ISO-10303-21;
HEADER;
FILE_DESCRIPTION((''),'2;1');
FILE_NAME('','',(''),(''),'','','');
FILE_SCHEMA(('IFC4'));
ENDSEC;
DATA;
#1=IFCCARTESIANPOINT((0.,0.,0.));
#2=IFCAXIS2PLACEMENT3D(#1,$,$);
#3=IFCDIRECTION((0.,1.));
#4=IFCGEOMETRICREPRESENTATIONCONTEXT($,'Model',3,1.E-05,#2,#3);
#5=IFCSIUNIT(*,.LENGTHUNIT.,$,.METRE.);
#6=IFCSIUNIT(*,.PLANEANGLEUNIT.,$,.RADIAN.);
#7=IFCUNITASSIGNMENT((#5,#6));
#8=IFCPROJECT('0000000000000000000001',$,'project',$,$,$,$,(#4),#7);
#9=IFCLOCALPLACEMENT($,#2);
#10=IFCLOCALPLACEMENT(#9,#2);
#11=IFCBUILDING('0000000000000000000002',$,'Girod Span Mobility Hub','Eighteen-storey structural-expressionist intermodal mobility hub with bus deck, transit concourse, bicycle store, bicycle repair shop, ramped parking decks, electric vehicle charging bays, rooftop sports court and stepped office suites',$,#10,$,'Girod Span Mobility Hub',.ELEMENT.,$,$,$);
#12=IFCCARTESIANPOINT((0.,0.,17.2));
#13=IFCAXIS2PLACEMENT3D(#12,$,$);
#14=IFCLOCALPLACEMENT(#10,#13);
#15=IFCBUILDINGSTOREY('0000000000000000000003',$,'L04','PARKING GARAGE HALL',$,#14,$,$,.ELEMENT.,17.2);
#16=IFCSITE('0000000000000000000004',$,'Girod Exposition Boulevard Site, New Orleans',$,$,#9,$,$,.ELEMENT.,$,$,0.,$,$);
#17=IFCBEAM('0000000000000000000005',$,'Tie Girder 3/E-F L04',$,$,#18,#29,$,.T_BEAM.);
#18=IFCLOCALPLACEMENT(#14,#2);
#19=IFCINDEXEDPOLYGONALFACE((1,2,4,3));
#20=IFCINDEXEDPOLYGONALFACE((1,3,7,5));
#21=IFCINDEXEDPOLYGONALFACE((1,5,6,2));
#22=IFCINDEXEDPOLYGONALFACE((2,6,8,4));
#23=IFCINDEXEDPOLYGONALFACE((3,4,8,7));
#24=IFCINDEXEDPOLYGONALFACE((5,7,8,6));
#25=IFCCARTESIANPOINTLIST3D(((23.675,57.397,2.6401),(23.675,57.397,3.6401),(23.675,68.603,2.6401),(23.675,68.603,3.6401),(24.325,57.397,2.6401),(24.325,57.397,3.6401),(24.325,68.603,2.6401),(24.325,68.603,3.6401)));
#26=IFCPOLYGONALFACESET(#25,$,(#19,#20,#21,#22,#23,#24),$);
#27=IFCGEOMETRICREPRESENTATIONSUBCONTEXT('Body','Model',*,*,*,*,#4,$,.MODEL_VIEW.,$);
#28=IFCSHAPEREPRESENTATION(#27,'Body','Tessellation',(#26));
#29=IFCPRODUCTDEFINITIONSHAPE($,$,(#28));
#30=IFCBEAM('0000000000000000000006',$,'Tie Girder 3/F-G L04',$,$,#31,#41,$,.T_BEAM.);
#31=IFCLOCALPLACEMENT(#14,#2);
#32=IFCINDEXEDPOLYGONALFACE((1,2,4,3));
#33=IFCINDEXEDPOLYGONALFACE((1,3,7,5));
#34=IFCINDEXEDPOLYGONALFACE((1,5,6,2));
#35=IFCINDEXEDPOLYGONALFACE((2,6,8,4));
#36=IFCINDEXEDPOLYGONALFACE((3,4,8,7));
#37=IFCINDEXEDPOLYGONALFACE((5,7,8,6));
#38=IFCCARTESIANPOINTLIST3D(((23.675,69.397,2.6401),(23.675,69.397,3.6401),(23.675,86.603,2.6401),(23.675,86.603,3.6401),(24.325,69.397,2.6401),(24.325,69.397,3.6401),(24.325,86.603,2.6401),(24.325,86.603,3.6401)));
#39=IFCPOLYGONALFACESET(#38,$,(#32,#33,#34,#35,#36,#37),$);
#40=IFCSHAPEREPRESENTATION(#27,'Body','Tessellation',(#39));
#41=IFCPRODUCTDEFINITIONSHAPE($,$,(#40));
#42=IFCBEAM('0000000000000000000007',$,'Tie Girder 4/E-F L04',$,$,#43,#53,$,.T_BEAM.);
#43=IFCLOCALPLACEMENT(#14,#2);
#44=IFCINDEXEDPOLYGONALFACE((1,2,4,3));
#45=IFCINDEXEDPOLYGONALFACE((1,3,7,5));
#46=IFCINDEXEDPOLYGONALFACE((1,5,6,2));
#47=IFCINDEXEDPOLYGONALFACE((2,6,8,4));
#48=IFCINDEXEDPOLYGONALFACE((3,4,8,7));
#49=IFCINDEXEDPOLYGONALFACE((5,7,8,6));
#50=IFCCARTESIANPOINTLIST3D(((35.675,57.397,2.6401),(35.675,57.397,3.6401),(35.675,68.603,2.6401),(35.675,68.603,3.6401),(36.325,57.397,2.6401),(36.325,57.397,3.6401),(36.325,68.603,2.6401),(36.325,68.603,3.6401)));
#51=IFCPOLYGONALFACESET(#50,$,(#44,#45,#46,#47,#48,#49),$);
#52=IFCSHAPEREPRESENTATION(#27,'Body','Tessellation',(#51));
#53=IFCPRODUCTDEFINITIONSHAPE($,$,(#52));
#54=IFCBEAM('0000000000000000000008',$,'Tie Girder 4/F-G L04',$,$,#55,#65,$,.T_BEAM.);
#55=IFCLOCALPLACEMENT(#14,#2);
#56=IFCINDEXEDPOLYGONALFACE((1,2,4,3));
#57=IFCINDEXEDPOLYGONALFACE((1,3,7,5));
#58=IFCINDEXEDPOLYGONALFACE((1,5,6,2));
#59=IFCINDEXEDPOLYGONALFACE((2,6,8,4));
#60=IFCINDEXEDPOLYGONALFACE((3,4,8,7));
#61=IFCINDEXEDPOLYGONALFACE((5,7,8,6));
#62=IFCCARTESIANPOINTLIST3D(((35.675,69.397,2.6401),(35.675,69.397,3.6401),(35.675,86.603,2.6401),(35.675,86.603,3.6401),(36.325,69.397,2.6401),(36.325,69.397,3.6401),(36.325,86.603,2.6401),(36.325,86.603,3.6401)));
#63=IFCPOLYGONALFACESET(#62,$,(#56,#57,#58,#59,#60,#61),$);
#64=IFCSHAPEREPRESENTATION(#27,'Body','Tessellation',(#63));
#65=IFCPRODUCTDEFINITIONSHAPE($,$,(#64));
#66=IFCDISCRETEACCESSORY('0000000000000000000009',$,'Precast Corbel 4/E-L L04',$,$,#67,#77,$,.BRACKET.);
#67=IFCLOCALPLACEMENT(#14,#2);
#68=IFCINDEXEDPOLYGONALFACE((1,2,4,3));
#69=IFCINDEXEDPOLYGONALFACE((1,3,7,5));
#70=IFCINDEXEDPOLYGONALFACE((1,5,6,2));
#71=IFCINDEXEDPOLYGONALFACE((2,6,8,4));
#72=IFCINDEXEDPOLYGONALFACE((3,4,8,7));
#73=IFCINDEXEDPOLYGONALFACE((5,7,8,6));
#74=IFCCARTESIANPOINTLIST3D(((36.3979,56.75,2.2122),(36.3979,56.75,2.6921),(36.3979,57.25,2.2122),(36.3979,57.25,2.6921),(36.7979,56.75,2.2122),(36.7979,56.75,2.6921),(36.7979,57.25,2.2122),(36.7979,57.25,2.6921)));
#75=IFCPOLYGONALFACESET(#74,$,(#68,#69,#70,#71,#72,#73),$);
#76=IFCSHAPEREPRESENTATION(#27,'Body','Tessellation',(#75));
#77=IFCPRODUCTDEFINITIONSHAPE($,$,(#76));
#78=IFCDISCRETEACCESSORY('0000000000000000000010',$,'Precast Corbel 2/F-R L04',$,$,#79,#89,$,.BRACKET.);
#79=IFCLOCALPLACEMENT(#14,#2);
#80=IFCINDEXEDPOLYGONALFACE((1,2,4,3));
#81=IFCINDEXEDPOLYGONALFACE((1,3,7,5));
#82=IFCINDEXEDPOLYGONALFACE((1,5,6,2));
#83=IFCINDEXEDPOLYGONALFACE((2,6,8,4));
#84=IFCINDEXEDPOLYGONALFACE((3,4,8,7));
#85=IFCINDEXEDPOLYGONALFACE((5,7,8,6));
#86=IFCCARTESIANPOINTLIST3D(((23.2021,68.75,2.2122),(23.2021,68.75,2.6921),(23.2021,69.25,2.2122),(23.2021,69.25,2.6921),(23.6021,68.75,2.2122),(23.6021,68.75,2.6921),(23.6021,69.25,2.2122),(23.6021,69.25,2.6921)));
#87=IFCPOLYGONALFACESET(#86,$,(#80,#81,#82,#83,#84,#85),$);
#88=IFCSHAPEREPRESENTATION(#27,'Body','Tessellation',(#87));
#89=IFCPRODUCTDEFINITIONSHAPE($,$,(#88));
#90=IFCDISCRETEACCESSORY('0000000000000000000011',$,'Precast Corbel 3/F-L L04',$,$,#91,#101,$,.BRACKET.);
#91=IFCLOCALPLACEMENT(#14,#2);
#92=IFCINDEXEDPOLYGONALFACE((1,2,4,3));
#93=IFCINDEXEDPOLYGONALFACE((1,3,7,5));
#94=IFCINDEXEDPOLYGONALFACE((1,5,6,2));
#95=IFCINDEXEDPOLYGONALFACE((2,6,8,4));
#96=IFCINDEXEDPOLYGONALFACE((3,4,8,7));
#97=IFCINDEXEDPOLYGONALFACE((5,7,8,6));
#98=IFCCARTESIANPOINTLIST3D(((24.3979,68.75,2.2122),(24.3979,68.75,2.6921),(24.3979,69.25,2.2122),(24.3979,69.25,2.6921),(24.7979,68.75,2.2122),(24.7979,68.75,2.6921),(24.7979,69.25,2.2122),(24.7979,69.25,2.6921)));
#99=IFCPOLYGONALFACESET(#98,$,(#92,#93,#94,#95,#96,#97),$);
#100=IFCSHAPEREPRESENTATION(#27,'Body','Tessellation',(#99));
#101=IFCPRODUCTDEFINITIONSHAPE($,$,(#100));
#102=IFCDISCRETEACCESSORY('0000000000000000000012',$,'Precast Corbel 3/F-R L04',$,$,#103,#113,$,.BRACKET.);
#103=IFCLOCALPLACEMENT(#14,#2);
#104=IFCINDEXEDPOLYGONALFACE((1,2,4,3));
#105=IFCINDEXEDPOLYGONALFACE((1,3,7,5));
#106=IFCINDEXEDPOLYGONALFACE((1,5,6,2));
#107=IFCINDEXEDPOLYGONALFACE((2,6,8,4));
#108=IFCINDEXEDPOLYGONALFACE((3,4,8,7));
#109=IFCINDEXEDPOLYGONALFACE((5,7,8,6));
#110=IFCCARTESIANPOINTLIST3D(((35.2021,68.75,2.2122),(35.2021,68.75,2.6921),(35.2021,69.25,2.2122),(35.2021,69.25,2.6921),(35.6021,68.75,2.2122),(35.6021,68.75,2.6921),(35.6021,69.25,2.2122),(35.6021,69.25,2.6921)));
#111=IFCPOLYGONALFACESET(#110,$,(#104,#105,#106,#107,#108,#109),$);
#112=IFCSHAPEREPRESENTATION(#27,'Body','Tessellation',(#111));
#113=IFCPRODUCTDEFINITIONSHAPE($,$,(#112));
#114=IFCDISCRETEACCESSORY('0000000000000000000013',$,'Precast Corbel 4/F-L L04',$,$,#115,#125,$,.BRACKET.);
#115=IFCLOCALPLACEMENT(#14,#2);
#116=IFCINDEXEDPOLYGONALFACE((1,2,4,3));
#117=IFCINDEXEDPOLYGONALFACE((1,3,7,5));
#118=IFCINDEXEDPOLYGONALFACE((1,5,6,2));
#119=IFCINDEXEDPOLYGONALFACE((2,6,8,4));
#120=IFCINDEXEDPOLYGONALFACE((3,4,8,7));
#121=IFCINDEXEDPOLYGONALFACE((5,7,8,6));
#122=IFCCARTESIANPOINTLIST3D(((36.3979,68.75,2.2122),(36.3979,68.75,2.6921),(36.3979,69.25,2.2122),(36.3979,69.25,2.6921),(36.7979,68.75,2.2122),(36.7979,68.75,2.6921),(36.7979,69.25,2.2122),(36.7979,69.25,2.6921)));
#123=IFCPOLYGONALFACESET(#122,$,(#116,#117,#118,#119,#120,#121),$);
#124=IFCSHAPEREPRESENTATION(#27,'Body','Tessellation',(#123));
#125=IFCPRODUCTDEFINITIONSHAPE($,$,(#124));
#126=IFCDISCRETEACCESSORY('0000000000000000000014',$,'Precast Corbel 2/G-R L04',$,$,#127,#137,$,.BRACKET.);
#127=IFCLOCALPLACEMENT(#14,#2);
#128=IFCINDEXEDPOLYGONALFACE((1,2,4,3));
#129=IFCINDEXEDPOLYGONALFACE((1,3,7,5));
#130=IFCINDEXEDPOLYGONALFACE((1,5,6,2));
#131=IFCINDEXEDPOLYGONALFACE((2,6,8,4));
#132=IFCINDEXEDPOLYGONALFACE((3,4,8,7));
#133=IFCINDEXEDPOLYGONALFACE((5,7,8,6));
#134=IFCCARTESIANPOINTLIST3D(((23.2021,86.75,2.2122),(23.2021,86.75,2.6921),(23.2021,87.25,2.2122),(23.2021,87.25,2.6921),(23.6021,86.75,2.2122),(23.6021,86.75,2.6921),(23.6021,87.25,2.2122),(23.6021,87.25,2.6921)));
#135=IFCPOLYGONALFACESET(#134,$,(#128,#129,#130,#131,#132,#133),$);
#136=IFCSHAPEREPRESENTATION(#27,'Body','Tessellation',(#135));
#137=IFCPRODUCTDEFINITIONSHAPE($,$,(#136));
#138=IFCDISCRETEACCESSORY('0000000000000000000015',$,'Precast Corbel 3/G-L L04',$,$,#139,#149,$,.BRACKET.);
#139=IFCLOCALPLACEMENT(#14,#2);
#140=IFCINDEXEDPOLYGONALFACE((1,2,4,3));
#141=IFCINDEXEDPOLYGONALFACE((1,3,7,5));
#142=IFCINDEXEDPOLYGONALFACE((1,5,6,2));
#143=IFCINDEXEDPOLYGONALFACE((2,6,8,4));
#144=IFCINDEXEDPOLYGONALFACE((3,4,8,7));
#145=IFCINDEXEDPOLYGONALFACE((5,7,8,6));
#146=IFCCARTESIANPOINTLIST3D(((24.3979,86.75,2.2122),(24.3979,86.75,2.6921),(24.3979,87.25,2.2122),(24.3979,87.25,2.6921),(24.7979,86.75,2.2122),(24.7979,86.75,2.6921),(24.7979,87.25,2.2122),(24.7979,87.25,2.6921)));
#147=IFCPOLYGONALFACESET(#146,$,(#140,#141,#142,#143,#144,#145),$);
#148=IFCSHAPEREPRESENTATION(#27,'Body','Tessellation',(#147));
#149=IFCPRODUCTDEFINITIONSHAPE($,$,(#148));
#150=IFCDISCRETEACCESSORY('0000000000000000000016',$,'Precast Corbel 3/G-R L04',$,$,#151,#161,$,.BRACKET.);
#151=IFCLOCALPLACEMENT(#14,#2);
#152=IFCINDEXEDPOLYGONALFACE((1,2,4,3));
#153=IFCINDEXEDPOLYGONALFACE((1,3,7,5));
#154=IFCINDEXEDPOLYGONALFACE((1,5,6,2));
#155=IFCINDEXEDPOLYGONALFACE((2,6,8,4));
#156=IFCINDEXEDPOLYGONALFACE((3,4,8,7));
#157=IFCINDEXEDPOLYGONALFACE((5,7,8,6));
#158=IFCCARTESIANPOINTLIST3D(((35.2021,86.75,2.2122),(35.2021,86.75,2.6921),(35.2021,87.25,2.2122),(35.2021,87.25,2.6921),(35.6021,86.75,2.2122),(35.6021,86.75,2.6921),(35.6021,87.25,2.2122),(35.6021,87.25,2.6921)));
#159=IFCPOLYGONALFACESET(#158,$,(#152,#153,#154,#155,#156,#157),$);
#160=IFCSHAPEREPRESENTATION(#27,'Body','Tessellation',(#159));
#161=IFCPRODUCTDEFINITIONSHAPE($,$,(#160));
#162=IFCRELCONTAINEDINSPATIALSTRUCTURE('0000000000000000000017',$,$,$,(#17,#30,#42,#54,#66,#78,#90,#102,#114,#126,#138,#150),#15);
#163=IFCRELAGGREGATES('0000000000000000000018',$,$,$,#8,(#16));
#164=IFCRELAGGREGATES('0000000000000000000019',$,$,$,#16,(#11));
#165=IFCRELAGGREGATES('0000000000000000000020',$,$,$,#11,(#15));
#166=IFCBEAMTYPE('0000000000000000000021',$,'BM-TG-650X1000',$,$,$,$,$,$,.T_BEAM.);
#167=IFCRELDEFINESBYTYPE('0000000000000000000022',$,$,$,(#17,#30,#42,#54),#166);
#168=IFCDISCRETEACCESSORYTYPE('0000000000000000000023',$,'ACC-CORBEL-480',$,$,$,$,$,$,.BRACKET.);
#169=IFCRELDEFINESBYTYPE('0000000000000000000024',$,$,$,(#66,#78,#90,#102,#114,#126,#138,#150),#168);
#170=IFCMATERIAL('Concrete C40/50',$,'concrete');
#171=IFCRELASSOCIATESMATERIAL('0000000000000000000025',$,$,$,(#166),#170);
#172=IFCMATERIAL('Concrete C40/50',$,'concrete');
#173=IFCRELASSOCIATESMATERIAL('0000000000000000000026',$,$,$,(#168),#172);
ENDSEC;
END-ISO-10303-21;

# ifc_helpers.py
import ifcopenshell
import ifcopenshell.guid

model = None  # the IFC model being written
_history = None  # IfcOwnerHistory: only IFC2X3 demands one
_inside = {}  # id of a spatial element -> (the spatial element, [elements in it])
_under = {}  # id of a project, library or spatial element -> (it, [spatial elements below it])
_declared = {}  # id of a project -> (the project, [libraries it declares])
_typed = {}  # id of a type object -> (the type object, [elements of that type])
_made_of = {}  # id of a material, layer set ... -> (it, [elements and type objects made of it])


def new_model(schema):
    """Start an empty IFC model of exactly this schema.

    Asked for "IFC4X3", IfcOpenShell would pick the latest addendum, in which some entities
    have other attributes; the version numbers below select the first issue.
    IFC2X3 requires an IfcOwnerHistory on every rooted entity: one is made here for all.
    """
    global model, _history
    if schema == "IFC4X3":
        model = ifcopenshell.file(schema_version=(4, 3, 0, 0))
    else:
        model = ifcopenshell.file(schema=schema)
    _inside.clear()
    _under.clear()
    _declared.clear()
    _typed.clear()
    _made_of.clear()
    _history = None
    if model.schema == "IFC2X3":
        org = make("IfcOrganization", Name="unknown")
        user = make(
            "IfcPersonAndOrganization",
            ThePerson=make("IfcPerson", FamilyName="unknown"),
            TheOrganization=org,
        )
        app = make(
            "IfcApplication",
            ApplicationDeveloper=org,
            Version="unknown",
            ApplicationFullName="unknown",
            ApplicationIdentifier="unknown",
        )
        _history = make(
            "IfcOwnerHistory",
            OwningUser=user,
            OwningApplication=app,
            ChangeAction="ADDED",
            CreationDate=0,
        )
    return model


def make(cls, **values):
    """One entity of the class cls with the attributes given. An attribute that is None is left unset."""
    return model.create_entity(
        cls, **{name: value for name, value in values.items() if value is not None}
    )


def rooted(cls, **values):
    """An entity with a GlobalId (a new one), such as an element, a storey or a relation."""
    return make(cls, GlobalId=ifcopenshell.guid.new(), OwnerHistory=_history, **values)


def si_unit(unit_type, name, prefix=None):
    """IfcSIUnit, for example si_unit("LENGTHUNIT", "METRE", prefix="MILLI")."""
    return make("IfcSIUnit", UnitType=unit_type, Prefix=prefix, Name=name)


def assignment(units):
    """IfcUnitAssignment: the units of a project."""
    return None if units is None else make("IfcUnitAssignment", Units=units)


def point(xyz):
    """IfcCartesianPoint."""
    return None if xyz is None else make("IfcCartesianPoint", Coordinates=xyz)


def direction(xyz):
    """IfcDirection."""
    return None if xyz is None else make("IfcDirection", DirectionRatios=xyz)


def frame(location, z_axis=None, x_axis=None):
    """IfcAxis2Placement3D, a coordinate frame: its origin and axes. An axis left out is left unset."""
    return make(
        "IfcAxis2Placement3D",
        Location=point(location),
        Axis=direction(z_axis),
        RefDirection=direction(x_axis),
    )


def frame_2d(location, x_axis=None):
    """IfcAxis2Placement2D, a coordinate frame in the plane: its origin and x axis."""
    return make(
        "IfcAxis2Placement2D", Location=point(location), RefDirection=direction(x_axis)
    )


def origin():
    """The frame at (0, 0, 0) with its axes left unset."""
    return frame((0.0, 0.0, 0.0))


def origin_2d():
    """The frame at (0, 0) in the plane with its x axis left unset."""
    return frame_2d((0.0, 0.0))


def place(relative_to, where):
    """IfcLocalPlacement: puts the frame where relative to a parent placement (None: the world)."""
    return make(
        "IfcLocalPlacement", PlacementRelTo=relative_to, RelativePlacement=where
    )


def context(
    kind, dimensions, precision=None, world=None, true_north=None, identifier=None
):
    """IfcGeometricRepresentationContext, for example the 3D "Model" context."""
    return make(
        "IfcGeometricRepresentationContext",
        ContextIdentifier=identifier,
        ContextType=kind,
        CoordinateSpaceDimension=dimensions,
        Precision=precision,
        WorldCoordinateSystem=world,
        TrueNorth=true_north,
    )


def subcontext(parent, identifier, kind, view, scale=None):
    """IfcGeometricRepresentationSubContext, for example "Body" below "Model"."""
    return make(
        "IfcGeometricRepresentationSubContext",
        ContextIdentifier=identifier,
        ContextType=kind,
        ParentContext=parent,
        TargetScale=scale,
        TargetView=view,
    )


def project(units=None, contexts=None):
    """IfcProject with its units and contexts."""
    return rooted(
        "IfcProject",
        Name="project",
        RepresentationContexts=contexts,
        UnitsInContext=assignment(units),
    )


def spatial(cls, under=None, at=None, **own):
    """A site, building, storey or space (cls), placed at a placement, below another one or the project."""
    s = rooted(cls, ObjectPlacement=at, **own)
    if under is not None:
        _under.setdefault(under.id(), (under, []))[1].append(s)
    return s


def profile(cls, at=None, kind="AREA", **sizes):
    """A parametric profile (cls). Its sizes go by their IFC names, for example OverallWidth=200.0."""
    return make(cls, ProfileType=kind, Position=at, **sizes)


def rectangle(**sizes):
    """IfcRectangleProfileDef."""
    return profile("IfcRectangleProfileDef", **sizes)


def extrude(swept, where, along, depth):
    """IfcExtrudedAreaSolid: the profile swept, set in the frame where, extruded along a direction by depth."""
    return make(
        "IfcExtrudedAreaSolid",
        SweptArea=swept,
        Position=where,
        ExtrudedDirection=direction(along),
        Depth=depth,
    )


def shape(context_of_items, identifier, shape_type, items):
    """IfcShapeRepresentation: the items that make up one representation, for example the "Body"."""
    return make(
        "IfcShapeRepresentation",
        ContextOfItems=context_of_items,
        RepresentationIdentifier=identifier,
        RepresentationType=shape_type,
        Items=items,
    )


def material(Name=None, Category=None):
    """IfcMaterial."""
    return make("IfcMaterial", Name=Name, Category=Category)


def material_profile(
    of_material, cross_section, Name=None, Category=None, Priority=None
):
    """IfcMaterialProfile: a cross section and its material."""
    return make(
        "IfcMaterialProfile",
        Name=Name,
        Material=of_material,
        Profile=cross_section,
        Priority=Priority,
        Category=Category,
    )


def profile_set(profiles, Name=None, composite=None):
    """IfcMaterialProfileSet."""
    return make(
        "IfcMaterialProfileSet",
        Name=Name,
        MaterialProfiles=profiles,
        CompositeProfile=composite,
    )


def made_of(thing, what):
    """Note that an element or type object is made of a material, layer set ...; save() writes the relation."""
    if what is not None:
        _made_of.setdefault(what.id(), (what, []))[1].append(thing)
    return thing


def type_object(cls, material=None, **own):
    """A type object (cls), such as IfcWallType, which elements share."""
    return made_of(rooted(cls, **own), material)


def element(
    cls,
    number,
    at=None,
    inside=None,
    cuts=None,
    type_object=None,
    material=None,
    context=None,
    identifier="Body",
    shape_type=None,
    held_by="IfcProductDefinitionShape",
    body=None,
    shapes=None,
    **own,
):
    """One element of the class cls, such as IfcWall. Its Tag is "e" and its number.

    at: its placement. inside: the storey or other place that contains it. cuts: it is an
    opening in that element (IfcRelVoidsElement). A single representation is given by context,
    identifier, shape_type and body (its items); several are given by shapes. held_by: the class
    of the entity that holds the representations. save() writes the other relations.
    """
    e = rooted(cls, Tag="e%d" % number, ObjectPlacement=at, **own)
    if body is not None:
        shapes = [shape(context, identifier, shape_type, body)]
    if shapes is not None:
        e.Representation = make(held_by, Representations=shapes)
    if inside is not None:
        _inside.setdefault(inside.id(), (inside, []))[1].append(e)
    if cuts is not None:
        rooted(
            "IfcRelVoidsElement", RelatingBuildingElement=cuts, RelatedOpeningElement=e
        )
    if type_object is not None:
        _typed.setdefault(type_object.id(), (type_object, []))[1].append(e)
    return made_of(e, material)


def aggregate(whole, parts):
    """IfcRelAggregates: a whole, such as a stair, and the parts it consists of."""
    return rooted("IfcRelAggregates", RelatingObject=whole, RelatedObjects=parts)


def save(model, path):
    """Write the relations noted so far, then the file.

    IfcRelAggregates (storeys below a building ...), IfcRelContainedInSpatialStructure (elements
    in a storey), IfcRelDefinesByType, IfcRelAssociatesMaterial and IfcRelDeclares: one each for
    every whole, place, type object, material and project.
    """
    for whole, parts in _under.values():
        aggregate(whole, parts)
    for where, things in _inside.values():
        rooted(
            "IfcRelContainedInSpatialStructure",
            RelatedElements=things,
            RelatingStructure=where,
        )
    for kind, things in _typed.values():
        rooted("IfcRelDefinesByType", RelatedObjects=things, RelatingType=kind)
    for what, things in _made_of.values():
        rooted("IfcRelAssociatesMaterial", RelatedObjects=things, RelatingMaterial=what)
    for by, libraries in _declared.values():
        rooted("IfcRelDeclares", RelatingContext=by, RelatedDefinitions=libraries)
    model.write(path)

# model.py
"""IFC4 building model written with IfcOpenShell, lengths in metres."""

from ifc_helpers import new_model, si_unit, direction, frame, origin, origin_2d, place, context, subcontext, project, spatial, rectangle, extrude, material, material_profile, profile_set, type_object, element, save


model = new_model("IFC4")

# Units and contexts
model_context = context("Model", 3, precision=1e-05, world=origin(), true_north=direction((0.0, 1.0)))
body_context = subcontext(model_context, "Body", "Model", "MODEL_VIEW")
ifc_project = project(units=[si_unit("LENGTHUNIT", "METRE"), si_unit("PLANEANGLEUNIT", "RADIAN")], contexts=[model_context])

# Site, building, storey
site_placement = place(None, origin())
site = spatial("IfcSite", under=ifc_project, at=site_placement, Name="Girod Exposition Boulevard Site, New Orleans", CompositionType="ELEMENT", RefElevation=0.0)
building_placement = place(site_placement, origin())
building = spatial("IfcBuilding", under=site, at=building_placement, Name="Girod Span Mobility Hub", Description="Eighteen-storey structural-expressionist intermodal mobility hub with bus deck, transit concourse, bicycle store, bicycle repair shop, ramped parking decks, electric vehicle charging bays, rooftop sports court and stepped office suites", LongName="Girod Span Mobility Hub", CompositionType="ELEMENT")
storey_placement = place(building_placement, frame((0.0, 0.0, 17.2)))
storey = spatial("IfcBuildingStorey", under=building, at=storey_placement, Name="L04", Description="PARKING GARAGE HALL", CompositionType="ELEMENT", Elevation=17.2)

# Beams
ifc_material_1 = material(Name="Concrete C40/50", Category="concrete")
ifc_material_profile_1 = material_profile(ifc_material_1, rectangle(XDim=0.6499, YDim=1.0, at=origin_2d()), Name="TG-650X1000")
ifc_profile_set_1 = profile_set([ifc_material_profile_1], Name="Concrete C40/50")
beam_type_1 = type_object("IfcBeamType", Name="BM-TG-650X1000", PredefinedType="T_BEAM", material=ifc_profile_set_1)
beam_1_placement = place(storey_placement, frame((24.0, 57.397, 3.1401), z_axis=(0.0, 1.0, 0.0), x_axis=(-1.0, 0.0, 0.0)))
element("IfcBeam", 1, at=beam_1_placement, inside=storey, type_object=beam_type_1, Name="Tie Girder 3/E-F L04", PredefinedType="T_BEAM", context=body_context, shape_type="SweptSolid", body=[
    extrude(rectangle(XDim=0.6499, YDim=1.0, at=origin_2d()), origin(), (0.0, 0.0, 1.0), 11.2061),
])
beam_2_placement = place(storey_placement, frame((24.0, 69.397, 3.1401), z_axis=(0.0, 1.0, 0.0), x_axis=(-1.0, 0.0, 0.0)))
element("IfcBeam", 2, at=beam_2_placement, inside=storey, type_object=beam_type_1, Name="Tie Girder 3/F-G L04", PredefinedType="T_BEAM", context=body_context, shape_type="SweptSolid", body=[
    extrude(rectangle(XDim=0.6499, YDim=1.0, at=origin_2d()), origin(), (0.0, 0.0, 1.0), 17.2061),
])
beam_3_placement = place(storey_placement, frame((36.0, 57.397, 3.1401), z_axis=(0.0, 1.0, 0.0), x_axis=(-1.0, 0.0, 0.0)))
element("IfcBeam", 3, at=beam_3_placement, inside=storey, type_object=beam_type_1, Name="Tie Girder 4/E-F L04", PredefinedType="T_BEAM", context=body_context, shape_type="SweptSolid", body=[
    extrude(rectangle(XDim=0.6499, YDim=1.0, at=origin_2d()), origin(), (0.0, 0.0, 1.0), 11.2061),
])
beam_4_placement = place(storey_placement, frame((36.0, 69.397, 3.1401), z_axis=(0.0, 1.0, 0.0), x_axis=(-1.0, 0.0, 0.0)))
element("IfcBeam", 4, at=beam_4_placement, inside=storey, type_object=beam_type_1, Name="Tie Girder 4/F-G L04", PredefinedType="T_BEAM", context=body_context, shape_type="SweptSolid", body=[
    extrude(rectangle(XDim=0.6499, YDim=1.0, at=origin_2d()), origin(), (0.0, 0.0, 1.0), 17.2061),
])

# Discrete accessories
ifc_material_2 = material(Name="Concrete C40/50", Category="concrete")
discrete_accessory_type = type_object("IfcDiscreteAccessoryType", Name="ACC-CORBEL-480", PredefinedType="BRACKET", material=ifc_material_2)
for number, where, z_axis, x_axis, name in (
    (5, (36.5979, 57.0, 2.2122), (0.0, 0.0, 1.0), (1.0, 0.0, 0.0), "Precast Corbel 4/E-L L04"),
    (6, (23.4021, 69.0, 2.2122), (0.0, 0.0, 1.0), (1.0, 0.0, 0.0), "Precast Corbel 2/F-R L04"),
    (7, (24.5979, 69.0, 2.2122), (0.0, 0.0, 1.0), (1.0, 0.0, 0.0), "Precast Corbel 3/F-L L04"),
    (8, (35.4021, 69.0, 2.2122), (0.0, 0.0, 1.0), (1.0, 0.0, 0.0), "Precast Corbel 3/F-R L04"),
    (9, (36.5979, 69.0, 2.2122), (0.0, 0.0, 1.0), (1.0, 0.0, 0.0), "Precast Corbel 4/F-L L04"),
    (10, (23.4021, 87.0, 2.2122), (0.0, 0.0, 1.0), (1.0, 0.0, 0.0), "Precast Corbel 2/G-R L04"),
    (11, (24.5979, 87.0, 2.2122), (0.0, 0.0, 1.0), (1.0, 0.0, 0.0), "Precast Corbel 3/G-L L04"),
    (12, (35.4021, 87.0, 2.2122), (0.0, 0.0, 1.0), (1.0, 0.0, 0.0), "Precast Corbel 3/G-R L04"),
):
    element("IfcDiscreteAccessory", number, at=place(storey_placement, frame(where, z_axis=z_axis, x_axis=x_axis)), inside=storey, type_object=discrete_accessory_type, Name=name, PredefinedType="BRACKET", context=body_context, shape_type="SweptSolid", body=[
        extrude(rectangle(XDim=0.3999, YDim=0.5, at=origin_2d()), origin(), (0.0, 0.0, 1.0), 0.48),
    ])

save(model, "model.ifc")
